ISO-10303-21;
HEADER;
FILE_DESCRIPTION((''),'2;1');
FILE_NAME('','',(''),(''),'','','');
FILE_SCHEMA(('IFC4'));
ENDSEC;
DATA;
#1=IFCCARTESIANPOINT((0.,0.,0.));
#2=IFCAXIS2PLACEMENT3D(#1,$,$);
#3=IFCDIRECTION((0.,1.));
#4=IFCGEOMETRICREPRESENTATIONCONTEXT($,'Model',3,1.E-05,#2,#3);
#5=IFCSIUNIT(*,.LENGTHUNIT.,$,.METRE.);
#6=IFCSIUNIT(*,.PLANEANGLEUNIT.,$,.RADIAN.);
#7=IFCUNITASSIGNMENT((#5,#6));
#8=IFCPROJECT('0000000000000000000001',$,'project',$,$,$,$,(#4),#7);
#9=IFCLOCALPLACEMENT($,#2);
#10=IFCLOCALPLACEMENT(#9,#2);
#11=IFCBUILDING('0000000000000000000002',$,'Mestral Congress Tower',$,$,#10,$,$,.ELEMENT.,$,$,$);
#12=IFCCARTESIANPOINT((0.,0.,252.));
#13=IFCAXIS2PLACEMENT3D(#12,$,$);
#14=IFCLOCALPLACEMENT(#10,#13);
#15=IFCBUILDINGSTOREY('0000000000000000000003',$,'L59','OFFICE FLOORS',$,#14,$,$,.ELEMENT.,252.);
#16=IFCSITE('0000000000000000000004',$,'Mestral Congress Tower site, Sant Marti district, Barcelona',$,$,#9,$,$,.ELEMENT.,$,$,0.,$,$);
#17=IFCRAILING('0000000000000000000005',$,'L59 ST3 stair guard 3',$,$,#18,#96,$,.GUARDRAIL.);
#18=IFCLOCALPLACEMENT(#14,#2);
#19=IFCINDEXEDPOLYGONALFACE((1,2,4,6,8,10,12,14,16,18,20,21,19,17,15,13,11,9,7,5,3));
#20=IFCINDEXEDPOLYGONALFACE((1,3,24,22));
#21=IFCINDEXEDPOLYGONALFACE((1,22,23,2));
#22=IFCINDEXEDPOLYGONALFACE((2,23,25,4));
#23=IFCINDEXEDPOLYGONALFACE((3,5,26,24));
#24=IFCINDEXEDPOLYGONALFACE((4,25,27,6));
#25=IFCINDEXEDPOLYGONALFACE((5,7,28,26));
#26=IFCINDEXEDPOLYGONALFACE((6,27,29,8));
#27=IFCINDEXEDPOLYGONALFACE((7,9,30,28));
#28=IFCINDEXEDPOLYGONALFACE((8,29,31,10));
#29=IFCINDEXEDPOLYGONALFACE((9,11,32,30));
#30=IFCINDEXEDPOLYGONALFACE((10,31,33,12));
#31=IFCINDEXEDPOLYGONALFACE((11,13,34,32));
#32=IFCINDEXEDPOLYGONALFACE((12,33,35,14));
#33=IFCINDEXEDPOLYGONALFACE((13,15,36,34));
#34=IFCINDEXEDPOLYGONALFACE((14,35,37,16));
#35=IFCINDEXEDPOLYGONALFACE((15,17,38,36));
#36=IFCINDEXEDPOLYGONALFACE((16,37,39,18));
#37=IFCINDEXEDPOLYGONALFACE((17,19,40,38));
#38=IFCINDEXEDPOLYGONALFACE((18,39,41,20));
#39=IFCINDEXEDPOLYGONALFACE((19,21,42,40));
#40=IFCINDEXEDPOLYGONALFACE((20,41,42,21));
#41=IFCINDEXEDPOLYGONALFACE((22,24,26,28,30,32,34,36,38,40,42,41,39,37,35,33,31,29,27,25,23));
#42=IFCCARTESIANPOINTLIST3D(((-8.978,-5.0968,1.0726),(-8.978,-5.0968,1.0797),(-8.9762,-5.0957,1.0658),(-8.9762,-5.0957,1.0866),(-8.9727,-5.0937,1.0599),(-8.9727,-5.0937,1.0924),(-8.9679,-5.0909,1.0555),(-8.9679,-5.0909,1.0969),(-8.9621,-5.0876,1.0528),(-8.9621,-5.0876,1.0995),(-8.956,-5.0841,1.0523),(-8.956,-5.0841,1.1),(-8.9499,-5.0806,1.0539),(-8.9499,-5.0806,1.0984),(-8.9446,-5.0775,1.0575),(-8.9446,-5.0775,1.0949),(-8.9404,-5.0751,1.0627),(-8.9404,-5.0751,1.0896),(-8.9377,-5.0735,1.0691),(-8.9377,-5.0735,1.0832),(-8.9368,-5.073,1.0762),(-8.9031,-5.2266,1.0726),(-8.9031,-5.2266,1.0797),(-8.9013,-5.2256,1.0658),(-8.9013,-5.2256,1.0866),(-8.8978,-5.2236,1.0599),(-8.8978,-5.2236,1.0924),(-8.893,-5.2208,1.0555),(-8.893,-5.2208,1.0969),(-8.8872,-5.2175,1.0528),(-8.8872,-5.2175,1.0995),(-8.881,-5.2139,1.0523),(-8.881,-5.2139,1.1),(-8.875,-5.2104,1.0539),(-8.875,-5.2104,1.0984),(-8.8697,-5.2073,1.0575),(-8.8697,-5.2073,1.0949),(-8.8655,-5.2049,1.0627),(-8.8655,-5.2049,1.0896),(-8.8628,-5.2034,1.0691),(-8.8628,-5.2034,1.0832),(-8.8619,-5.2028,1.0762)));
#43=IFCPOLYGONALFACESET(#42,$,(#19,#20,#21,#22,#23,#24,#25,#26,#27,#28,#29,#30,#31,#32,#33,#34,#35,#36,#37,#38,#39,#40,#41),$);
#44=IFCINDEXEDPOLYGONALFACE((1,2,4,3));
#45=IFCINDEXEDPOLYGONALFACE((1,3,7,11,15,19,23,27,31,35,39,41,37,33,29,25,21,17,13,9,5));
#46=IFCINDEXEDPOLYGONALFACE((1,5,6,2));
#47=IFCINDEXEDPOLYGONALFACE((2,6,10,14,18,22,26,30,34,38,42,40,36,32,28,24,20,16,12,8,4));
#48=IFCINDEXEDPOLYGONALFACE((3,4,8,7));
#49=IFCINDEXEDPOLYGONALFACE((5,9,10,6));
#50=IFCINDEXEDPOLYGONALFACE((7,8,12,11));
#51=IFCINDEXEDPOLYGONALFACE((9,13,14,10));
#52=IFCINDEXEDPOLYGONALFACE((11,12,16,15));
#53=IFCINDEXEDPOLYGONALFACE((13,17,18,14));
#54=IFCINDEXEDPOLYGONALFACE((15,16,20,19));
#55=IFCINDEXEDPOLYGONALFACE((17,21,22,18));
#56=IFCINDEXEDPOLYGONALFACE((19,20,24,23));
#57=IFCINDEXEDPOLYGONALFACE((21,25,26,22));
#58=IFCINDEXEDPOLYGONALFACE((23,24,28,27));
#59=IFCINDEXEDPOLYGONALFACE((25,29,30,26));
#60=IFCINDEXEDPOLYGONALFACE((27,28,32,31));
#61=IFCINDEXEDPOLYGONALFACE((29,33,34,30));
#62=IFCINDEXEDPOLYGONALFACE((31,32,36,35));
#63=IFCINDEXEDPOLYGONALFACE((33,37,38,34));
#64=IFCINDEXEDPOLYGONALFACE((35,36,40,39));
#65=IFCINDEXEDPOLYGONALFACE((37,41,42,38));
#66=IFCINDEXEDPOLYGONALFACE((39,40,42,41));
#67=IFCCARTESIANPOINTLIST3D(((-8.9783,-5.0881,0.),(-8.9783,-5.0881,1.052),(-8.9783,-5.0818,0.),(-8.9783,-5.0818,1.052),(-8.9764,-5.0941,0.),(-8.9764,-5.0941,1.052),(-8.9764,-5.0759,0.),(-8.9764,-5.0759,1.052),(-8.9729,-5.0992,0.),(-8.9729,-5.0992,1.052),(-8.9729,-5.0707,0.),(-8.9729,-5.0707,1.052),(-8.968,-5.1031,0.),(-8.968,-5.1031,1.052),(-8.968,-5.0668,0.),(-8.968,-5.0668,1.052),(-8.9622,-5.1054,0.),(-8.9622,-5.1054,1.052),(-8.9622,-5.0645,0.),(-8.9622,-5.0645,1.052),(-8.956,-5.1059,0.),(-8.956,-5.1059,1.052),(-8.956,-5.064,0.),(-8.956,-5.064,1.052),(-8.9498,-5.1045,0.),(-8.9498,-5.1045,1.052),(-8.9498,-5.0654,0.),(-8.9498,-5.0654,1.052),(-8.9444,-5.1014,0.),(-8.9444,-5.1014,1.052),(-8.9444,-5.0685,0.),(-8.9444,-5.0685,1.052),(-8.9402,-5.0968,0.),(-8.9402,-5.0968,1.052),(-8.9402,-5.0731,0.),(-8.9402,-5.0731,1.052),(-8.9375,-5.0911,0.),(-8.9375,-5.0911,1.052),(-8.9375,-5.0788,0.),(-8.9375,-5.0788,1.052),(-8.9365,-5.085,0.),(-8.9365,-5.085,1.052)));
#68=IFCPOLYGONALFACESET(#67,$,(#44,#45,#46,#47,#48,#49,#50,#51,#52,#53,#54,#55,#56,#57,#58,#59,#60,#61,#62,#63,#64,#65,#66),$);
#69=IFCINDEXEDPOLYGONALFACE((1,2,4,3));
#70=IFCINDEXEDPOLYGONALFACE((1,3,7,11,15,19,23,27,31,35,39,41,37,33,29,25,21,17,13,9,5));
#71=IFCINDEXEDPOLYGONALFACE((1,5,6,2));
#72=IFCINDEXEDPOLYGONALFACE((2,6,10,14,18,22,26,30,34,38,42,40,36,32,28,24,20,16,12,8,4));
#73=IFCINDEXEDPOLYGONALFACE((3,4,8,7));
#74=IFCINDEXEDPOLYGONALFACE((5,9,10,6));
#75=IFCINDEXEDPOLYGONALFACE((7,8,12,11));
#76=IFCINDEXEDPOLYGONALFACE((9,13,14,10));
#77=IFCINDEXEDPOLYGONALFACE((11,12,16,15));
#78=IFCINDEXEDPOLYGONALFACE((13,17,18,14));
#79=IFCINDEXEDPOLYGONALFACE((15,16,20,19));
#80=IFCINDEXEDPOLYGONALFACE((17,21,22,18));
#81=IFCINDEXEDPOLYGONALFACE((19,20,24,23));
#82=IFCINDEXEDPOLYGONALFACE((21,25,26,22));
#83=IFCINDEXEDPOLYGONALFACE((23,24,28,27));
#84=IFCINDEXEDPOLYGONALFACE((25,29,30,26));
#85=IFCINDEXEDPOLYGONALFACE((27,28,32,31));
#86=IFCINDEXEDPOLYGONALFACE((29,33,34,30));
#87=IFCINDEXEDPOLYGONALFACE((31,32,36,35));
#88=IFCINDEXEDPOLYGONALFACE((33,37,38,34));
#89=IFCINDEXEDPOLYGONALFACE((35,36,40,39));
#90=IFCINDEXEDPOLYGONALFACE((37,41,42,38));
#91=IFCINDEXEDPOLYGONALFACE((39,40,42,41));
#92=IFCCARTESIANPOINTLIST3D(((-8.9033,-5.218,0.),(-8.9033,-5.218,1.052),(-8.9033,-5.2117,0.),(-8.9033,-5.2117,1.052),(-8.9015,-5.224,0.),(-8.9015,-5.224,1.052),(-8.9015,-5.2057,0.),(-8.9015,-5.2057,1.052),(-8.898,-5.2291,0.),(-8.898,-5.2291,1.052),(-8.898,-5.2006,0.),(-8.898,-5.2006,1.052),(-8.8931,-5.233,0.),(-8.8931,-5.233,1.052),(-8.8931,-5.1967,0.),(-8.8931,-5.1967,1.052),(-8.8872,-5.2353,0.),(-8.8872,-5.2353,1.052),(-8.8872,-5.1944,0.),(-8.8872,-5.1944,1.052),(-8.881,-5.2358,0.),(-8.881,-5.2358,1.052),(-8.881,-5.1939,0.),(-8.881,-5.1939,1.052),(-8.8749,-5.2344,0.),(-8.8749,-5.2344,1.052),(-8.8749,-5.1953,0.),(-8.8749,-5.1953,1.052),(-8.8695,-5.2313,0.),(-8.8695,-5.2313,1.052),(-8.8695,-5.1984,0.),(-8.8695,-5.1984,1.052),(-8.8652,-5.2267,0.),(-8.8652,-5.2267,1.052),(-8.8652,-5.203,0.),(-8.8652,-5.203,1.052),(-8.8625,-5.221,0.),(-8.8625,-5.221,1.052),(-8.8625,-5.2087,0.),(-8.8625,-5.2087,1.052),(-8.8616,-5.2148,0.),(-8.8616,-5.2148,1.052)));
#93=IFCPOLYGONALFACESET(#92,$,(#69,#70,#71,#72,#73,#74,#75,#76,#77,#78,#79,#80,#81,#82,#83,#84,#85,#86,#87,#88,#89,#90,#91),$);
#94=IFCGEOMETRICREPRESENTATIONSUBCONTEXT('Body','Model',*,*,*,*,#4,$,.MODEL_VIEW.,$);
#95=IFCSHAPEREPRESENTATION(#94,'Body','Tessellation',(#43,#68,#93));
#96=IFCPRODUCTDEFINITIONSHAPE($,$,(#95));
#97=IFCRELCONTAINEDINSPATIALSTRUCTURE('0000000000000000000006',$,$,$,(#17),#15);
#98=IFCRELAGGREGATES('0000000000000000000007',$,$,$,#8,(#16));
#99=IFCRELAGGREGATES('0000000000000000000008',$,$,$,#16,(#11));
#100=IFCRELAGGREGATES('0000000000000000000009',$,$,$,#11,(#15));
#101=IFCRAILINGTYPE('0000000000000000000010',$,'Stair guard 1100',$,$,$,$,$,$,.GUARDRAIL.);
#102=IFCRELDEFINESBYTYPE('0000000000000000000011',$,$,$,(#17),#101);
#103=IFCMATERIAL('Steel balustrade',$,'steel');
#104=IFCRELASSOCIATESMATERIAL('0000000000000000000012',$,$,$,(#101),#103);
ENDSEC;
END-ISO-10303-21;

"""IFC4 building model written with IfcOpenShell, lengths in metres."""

from ifc_helpers import new_model, si_unit, direction, frame, origin, origin_2d, place, context, subcontext, project, spatial, circle, extrude, material, type_object, element, save


model = new_model("IFC4")

# Units and contexts
model_context = context("Model", 3, precision=1e-05, world=origin(), true_north=direction((0.0, 1.0)))
body_context = subcontext(model_context, "Body", "Model", "MODEL_VIEW")
ifc_project = project(units=[si_unit("LENGTHUNIT", "METRE"), si_unit("PLANEANGLEUNIT", "RADIAN")], contexts=[model_context])

# Site, building, storey
site_placement = place(None, origin())
site = spatial("IfcSite", under=ifc_project, at=site_placement, Name="Mestral Congress Tower site, Sant Marti district, Barcelona", CompositionType="ELEMENT", RefElevation=0.0)
building_placement = place(site_placement, origin())
building = spatial("IfcBuilding", under=site, at=building_placement, Name="Mestral Congress Tower", CompositionType="ELEMENT")
storey_placement = place(building_placement, frame((0.0, 0.0, 252.0)))
storey = spatial("IfcBuildingStorey", under=building, at=storey_placement, Name="L59", Description="OFFICE FLOORS", CompositionType="ELEMENT", Elevation=252.0)

# Railing
ifc_material_1 = material(Name="Steel balustrade", Category="steel")
railing_type_1 = type_object("IfcRailingType", Name="Stair guard 1100", PredefinedType="GUARDRAIL", material=ifc_material_1)
railing_1_placement = place(storey_placement, frame((-8.9575, -5.085, 0.0)))
element("IfcRailing", 1, at=railing_1_placement, inside=storey, type_object=railing_type_1, Name="L59 ST3 stair guard 3", PredefinedType="GUARDRAIL", context=body_context, shape_type="SweptSolid", body=[
    extrude(circle(Radius=0.0239, at=origin_2d()), frame((0.0, 0.0, 1.0762), z_axis=(0.499816, -0.866131, 0.0), x_axis=(0.866131, 0.499816, 0.0)), (0.0, 0.0, 1.0), 0.1499),
    extrude(circle(Radius=0.021, at=origin_2d()), origin(), (0.0, 0.0, 1.0), 1.052),
    extrude(circle(Radius=0.021, at=origin_2d()), frame((0.075, -0.1299, 0.0)), (0.0, 0.0, 1.0), 1.052),
])

save(model, "model.ifc")
